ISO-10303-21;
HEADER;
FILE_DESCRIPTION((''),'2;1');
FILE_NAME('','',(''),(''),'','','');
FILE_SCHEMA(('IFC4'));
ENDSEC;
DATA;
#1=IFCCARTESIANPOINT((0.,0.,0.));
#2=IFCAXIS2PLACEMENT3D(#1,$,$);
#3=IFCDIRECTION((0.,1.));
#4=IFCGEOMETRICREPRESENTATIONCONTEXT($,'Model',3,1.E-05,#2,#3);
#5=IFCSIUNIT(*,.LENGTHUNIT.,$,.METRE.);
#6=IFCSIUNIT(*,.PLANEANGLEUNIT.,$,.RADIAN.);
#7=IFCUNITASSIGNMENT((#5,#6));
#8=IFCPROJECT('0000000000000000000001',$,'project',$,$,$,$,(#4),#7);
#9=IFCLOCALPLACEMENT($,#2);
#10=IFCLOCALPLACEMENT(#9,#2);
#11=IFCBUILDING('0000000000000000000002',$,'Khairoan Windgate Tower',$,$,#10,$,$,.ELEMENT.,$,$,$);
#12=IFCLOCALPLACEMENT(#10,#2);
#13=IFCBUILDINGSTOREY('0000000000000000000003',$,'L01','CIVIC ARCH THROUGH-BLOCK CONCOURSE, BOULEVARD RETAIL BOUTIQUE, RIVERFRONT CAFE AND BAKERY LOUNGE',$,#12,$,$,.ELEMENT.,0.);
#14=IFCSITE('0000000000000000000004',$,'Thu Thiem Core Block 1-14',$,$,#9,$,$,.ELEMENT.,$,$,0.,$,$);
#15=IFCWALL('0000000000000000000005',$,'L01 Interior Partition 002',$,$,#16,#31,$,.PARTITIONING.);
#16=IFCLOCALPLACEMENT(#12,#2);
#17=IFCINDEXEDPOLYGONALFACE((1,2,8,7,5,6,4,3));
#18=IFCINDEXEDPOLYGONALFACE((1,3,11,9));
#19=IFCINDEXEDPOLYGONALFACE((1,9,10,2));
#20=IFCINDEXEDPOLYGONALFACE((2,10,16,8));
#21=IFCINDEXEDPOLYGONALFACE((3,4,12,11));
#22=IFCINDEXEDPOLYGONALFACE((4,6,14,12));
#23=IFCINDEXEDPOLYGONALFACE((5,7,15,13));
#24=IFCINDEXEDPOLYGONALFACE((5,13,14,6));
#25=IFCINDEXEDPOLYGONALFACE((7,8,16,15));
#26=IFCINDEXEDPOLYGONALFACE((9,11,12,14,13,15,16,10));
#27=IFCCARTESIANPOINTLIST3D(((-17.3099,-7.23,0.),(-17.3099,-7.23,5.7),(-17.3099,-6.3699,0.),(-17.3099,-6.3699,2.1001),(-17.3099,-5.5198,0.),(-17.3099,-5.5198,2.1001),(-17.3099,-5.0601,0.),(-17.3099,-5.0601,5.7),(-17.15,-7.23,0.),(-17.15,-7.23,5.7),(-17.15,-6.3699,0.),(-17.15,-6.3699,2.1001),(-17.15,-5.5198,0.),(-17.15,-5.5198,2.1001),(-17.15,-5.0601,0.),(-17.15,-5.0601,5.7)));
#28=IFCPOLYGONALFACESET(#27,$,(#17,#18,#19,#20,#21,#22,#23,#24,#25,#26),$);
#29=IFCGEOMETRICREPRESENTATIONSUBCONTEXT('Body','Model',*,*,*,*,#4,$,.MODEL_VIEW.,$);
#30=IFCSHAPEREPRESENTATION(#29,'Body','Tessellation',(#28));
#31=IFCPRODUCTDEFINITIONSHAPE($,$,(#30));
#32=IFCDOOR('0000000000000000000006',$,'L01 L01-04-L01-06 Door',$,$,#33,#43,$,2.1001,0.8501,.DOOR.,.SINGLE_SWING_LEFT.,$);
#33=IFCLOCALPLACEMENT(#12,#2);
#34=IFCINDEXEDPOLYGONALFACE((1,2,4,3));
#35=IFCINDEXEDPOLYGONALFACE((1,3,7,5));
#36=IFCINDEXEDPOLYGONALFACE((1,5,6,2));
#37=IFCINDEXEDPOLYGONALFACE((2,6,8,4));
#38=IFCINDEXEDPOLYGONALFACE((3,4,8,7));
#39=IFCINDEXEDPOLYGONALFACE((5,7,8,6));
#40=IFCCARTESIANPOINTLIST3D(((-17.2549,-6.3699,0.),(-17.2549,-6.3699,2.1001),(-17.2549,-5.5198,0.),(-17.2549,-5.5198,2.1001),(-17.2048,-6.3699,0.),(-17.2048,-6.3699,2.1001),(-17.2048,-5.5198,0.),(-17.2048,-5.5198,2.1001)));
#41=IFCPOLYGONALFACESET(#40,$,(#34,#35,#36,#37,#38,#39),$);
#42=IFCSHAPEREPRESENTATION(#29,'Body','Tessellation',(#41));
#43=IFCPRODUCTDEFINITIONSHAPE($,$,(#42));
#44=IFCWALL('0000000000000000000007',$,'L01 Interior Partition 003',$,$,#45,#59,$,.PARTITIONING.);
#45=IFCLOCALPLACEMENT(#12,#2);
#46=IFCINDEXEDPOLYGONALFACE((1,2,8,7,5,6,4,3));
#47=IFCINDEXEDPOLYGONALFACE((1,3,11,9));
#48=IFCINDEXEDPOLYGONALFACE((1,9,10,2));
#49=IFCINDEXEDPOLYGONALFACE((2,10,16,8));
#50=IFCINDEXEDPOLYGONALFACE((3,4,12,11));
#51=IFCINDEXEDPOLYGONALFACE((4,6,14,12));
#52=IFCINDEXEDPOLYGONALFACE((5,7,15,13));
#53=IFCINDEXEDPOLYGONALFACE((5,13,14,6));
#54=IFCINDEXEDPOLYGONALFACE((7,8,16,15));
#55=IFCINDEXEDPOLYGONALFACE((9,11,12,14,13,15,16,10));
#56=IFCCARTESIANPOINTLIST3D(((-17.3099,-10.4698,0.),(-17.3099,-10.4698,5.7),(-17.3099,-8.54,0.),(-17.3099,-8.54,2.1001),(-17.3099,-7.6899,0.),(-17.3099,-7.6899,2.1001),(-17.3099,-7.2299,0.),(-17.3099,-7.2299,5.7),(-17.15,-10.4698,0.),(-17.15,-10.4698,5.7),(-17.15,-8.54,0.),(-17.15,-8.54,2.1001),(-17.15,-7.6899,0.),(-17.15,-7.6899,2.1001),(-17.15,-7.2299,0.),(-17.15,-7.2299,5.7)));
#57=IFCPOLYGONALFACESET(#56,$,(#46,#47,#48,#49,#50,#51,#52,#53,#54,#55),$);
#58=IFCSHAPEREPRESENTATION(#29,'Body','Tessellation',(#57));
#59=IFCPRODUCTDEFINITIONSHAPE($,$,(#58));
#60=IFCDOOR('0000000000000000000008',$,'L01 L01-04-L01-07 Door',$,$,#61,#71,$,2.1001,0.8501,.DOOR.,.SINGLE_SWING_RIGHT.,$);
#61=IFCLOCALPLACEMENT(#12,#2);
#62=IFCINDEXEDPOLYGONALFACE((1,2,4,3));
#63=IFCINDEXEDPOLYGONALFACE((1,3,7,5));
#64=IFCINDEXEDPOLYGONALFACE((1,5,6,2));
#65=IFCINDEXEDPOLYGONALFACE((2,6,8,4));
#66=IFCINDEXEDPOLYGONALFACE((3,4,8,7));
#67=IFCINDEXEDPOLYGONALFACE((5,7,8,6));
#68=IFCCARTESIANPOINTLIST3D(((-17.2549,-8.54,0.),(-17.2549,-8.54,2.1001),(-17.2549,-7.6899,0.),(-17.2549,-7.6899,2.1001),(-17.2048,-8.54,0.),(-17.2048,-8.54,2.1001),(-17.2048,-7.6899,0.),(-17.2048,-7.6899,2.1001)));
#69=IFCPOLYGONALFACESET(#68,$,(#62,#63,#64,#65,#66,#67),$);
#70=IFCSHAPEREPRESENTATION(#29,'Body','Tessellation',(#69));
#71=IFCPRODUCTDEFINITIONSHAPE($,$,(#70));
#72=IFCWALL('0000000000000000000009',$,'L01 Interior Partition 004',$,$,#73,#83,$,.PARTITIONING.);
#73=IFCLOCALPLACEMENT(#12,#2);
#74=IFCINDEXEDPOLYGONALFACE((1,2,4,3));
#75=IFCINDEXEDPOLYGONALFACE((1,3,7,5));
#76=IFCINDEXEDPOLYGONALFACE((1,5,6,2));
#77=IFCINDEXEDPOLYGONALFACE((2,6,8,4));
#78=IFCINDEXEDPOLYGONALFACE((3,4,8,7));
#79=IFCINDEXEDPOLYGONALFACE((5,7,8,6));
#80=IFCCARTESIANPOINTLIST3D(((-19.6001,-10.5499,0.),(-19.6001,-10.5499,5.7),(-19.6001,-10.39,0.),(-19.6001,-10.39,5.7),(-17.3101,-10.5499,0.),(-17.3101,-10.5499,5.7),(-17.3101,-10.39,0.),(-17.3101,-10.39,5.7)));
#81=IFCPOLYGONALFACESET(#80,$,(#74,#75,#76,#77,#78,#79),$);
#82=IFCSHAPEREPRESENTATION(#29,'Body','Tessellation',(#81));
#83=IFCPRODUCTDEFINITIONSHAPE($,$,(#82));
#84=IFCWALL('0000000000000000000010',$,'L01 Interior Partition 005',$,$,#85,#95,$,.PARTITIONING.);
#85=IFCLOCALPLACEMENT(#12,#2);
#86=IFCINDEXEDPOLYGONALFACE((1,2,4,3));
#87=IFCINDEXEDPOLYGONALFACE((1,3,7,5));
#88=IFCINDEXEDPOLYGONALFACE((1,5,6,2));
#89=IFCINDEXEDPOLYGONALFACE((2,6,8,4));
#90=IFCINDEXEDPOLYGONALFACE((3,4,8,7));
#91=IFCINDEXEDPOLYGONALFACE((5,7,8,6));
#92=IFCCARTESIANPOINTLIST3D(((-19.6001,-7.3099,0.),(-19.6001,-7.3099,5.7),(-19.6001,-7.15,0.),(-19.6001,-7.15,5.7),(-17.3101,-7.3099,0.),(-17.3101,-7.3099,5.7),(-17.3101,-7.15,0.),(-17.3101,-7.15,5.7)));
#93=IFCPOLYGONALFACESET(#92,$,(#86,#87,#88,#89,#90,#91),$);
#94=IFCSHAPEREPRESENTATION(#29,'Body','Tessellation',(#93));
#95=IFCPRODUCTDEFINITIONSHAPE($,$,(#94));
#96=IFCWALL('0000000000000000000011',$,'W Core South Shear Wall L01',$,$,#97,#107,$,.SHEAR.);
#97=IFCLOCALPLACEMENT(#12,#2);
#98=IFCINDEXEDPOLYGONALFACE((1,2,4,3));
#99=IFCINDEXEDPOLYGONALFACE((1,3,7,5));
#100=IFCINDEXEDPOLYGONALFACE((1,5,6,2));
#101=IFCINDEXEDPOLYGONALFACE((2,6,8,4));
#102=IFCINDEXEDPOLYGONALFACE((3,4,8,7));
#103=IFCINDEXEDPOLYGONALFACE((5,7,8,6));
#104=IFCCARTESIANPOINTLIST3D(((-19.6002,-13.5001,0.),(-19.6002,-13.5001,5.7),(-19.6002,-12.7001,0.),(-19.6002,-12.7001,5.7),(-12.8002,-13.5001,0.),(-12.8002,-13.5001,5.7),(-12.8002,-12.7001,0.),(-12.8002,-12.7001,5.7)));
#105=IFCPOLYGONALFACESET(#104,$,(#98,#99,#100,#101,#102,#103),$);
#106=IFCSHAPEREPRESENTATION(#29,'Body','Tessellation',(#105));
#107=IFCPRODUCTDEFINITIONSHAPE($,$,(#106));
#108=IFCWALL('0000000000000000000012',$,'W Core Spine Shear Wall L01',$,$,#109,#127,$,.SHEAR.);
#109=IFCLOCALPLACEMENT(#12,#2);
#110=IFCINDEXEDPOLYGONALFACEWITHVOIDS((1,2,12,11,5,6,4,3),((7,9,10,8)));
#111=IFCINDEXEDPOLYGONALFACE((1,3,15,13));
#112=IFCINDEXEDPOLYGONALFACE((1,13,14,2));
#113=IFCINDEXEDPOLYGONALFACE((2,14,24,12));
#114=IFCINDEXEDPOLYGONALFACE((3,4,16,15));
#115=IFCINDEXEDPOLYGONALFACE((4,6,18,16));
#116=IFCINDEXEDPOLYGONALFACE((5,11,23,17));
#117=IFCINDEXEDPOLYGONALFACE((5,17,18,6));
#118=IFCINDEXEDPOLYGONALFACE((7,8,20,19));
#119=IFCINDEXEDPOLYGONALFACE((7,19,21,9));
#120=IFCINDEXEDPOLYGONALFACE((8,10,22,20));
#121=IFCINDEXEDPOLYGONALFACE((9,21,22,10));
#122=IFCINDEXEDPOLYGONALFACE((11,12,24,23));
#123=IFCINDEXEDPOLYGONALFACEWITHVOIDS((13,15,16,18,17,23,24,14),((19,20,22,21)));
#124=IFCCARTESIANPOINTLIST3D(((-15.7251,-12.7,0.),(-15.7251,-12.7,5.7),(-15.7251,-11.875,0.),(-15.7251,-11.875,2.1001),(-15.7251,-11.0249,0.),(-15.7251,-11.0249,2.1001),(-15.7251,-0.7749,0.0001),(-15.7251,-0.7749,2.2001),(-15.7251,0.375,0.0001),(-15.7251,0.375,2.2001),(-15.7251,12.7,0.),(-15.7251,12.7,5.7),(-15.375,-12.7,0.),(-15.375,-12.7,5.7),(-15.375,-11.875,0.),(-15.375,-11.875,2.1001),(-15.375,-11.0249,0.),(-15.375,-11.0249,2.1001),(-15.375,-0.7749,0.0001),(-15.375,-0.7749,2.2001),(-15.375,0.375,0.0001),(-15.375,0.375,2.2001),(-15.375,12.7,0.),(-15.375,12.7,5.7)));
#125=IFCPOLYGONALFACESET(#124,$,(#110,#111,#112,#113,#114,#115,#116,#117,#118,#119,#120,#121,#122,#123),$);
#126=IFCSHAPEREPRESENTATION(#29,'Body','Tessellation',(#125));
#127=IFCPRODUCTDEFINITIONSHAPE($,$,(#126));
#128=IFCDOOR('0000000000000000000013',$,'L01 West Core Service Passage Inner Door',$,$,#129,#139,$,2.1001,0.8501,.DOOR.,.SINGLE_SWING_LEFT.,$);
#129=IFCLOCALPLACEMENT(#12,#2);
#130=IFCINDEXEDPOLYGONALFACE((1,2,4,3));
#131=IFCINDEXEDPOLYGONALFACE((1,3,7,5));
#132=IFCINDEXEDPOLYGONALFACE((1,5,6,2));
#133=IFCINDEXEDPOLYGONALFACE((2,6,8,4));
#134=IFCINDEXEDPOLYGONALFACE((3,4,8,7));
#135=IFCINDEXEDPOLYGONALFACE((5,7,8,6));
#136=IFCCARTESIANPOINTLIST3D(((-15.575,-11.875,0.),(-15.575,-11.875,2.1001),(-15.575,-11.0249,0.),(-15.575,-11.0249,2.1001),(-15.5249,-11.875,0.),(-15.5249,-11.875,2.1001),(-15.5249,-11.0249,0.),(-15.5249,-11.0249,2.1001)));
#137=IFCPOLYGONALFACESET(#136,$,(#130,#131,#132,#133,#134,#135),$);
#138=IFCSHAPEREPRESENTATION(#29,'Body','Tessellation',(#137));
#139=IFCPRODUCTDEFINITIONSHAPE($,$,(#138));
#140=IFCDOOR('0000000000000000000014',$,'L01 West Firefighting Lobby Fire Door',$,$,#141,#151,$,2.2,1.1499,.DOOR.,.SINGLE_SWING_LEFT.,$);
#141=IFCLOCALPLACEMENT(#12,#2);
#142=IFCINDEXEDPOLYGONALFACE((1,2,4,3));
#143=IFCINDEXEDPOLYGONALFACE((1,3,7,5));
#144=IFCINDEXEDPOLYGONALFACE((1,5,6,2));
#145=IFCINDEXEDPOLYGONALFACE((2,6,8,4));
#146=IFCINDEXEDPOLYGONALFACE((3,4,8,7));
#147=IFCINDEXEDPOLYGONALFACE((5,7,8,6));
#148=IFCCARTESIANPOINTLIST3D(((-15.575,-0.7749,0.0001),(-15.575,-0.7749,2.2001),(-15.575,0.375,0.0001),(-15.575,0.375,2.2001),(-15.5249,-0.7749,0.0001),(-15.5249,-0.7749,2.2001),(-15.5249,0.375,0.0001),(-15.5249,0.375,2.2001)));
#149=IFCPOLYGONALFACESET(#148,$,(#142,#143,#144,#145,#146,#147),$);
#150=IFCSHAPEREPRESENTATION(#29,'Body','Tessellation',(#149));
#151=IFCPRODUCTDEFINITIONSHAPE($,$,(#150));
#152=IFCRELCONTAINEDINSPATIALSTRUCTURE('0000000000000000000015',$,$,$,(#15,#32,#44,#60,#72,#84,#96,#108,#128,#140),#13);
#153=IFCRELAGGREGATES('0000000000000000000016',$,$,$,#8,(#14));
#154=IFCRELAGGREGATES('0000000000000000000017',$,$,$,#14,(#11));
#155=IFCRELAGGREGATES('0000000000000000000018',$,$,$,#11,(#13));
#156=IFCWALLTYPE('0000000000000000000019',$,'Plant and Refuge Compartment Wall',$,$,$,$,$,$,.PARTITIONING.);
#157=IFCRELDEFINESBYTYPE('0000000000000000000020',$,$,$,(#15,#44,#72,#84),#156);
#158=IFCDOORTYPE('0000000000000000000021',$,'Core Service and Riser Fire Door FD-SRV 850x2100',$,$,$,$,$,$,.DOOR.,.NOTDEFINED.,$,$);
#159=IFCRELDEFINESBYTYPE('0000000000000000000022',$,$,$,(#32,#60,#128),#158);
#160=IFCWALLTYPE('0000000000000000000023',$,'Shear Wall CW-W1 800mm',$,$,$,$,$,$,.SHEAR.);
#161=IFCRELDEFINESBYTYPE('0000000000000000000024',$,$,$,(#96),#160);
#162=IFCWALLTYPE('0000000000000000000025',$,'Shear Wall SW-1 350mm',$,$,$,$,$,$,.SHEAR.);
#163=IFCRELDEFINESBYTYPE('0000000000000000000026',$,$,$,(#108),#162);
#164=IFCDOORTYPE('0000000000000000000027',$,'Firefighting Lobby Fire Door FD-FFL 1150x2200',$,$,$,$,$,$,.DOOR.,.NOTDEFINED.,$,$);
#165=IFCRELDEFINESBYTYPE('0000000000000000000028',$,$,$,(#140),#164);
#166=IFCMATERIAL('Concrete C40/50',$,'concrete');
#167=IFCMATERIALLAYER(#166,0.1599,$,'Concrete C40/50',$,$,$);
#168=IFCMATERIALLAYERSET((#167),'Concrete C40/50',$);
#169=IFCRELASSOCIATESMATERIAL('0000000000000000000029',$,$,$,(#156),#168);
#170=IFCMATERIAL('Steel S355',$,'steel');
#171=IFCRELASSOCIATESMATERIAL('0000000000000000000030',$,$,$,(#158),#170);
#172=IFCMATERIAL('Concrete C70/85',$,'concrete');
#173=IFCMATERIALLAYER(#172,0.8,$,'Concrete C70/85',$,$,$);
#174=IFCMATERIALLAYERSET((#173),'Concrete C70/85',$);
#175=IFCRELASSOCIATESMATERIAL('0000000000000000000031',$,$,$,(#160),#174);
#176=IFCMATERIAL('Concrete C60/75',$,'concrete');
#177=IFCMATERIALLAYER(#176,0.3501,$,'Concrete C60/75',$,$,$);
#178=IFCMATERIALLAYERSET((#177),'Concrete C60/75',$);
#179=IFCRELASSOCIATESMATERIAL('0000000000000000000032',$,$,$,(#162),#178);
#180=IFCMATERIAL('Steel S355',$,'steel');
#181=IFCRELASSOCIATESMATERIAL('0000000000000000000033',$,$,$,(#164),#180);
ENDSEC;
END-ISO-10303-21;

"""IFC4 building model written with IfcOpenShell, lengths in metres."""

from ifc_helpers import new_model, si_unit, direction, frame, frame_2d, origin, place, context, subcontext, project, spatial, rectangle, extrude, material, layer, layer_set, type_object, element, fill, save


model = new_model("IFC4")

# Units and contexts
model_context = context("Model", 3, precision=1e-05, world=origin(), true_north=direction((0.0, 1.0)))
body_context = subcontext(model_context, "Body", "Model", "MODEL_VIEW")
ifc_project = project(units=[si_unit("LENGTHUNIT", "METRE"), si_unit("PLANEANGLEUNIT", "RADIAN")], contexts=[model_context])

# Site, building, storey
site_placement = place(None, origin())
site = spatial("IfcSite", under=ifc_project, at=site_placement, Name="Thu Thiem Core Block 1-14", CompositionType="ELEMENT", RefElevation=0.0)
building_placement = place(site_placement, origin())
building = spatial("IfcBuilding", under=site, at=building_placement, Name="Khairoan Windgate Tower", CompositionType="ELEMENT")
storey_placement = place(building_placement, origin())
storey = spatial("IfcBuildingStorey", under=building, at=storey_placement, Name="L01", Description="CIVIC ARCH THROUGH-BLOCK CONCOURSE, BOULEVARD RETAIL BOUTIQUE, RIVERFRONT CAFE AND BAKERY LOUNGE", CompositionType="ELEMENT", Elevation=0.0)

# Walls, openings, doors
ifc_material_1 = material(Name="Concrete C40/50", Category="concrete")
ifc_layer_1 = layer(ifc_material_1, 0.1599, Name="Concrete C40/50")
ifc_layer_set_1 = layer_set([ifc_layer_1], Name="Concrete C40/50")
wall_type_1 = type_object("IfcWallType", Name="Plant and Refuge Compartment Wall", PredefinedType="PARTITIONING", material=ifc_layer_set_1)
ifc_material_2 = material(Name="Steel S355", Category="steel")
door_type_1 = type_object("IfcDoorType", Name="Core Service and Riser Fire Door FD-SRV 850x2100", OperationType="NOTDEFINED", PredefinedType="DOOR", material=ifc_material_2)
wall_1_placement = place(storey_placement, frame((-17.23, -7.23, 0.0), z_axis=(0.0, 0.0, 1.0), x_axis=(0.0, 1.0, 0.0)))
wall_1 = element("IfcWall", 1, at=wall_1_placement, inside=storey, type_object=wall_type_1, Name="L01 Interior Partition 002", PredefinedType="PARTITIONING", context=body_context, shape_type="SweptSolid", body=[
    extrude(rectangle(XDim=2.1699, YDim=0.1599, at=frame_2d((1.085, 0.0))), origin(), (0.0, 0.0, 1.0), 5.7),
])
opening_1_placement = place(wall_1_placement, frame((0.8601, 0.0, 0.0)))
opening_1 = element("IfcOpeningElement", 2, at=opening_1_placement, cuts=wall_1, PredefinedType="OPENING", context=body_context, shape_type="SweptSolid", body=[
    extrude(rectangle(XDim=0.8501, YDim=2.1001, at=frame_2d((0.425, 1.05))), frame((0.0, 0.0898, 0.0), z_axis=(0.0, -1.0, 0.0), x_axis=(1.0, 0.0, 0.0)), (0.0, 0.0, 1.0), 0.1799),
])
door_1_placement = place(opening_1_placement, origin())
door_1 = element("IfcDoor", 3, at=door_1_placement, inside=storey, type_object=door_type_1, Name="L01 L01-04-L01-06 Door", OperationType="SINGLE_SWING_LEFT", OverallHeight=2.1001, OverallWidth=0.8501, PredefinedType="DOOR", context=body_context, shape_type="SweptSolid", body=[
    extrude(rectangle(XDim=0.8501, YDim=2.1001, at=frame_2d((0.425, 1.05))), frame((0.0, 0.0249, 0.0), z_axis=(0.0, -1.0, 0.0), x_axis=(1.0, 0.0, 0.0)), (0.0, 0.0, 1.0), 0.05),
])
fill(opening_1, door_1)
wall_2_placement = place(storey_placement, frame((-17.23, -10.47, 0.0), z_axis=(0.0, 0.0, 1.0), x_axis=(0.0, 1.0, 0.0)))
wall_2 = element("IfcWall", 4, at=wall_2_placement, inside=storey, type_object=wall_type_1, Name="L01 Interior Partition 003", PredefinedType="PARTITIONING", context=body_context, shape_type="SweptSolid", body=[
    extrude(rectangle(XDim=3.24, YDim=0.1599, at=frame_2d((1.6201, 0.0))), origin(), (0.0, 0.0, 1.0), 5.7),
])
opening_2_placement = place(wall_2_placement, frame((1.9299, 0.0, 0.0)))
opening_2 = element("IfcOpeningElement", 5, at=opening_2_placement, cuts=wall_2, PredefinedType="OPENING", context=body_context, shape_type="SweptSolid", body=[
    extrude(rectangle(XDim=0.8501, YDim=2.1001, at=frame_2d((0.425, 1.05))), frame((0.0, 0.0898, 0.0), z_axis=(0.0, -1.0, 0.0), x_axis=(1.0, 0.0, 0.0)), (0.0, 0.0, 1.0), 0.1799),
])
door_2_placement = place(opening_2_placement, origin())
door_2 = element("IfcDoor", 6, at=door_2_placement, inside=storey, type_object=door_type_1, Name="L01 L01-04-L01-07 Door", OperationType="SINGLE_SWING_RIGHT", OverallHeight=2.1001, OverallWidth=0.8501, PredefinedType="DOOR", context=body_context, shape_type="SweptSolid", body=[
    extrude(rectangle(XDim=0.8501, YDim=2.1001, at=frame_2d((0.425, 1.05))), frame((0.0, 0.0249, 0.0), z_axis=(0.0, -1.0, 0.0), x_axis=(1.0, 0.0, 0.0)), (0.0, 0.0, 1.0), 0.05),
])
fill(opening_2, door_2)

# Walls
for number, where, z_axis, x_axis, name in (
    (7, (-19.6001, -10.47, 0.0), (0.0, 0.0, 1.0), (1.0, 0.0, 0.0), "L01 Interior Partition 004"),
    (8, (-19.6001, -7.23, 0.0), (0.0, 0.0, 1.0), (1.0, 0.0, 0.0), "L01 Interior Partition 005"),
):
    element("IfcWall", number, at=place(storey_placement, frame(where, z_axis=z_axis, x_axis=x_axis)), inside=storey, type_object=wall_type_1, Name=name, PredefinedType="PARTITIONING", context=body_context, shape_type="SweptSolid", body=[
        extrude(rectangle(XDim=2.29, YDim=0.1599, at=frame_2d((1.145, 0.0))), origin(), (0.0, 0.0, 1.0), 5.7),
    ])
ifc_material_3 = material(Name="Concrete C70/85", Category="concrete")
ifc_layer_2 = layer(ifc_material_3, 0.8, Name="Concrete C70/85")
ifc_layer_set_2 = layer_set([ifc_layer_2], Name="Concrete C70/85")
wall_type_2 = type_object("IfcWallType", Name="Shear Wall CW-W1 800mm", PredefinedType="SHEAR", material=ifc_layer_set_2)
wall_3_placement = place(storey_placement, frame((-19.6001, -13.1001, 0.0), z_axis=(0.0, 0.0, 1.0), x_axis=(1.0, 0.0, 0.0)))
element("IfcWall", 9, at=wall_3_placement, inside=storey, type_object=wall_type_2, Name="W Core South Shear Wall L01", PredefinedType="SHEAR", context=body_context, shape_type="SweptSolid", body=[
    extrude(rectangle(XDim=6.8, YDim=0.8, at=frame_2d((3.3999, 0.0))), origin(), (0.0, 0.0, 1.0), 5.7),
])

# Wall, openings, doors
ifc_material_4 = material(Name="Concrete C60/75", Category="concrete")
ifc_layer_3 = layer(ifc_material_4, 0.3501, Name="Concrete C60/75")
ifc_layer_set_3 = layer_set([ifc_layer_3], Name="Concrete C60/75")
wall_type_3 = type_object("IfcWallType", Name="Shear Wall SW-1 350mm", PredefinedType="SHEAR", material=ifc_layer_set_3)
wall_4_placement = place(storey_placement, frame((-15.55, -12.7, 0.0), z_axis=(0.0, 0.0, 1.0), x_axis=(0.0, 1.0, 0.0)))
wall_4 = element("IfcWall", 10, at=wall_4_placement, inside=storey, type_object=wall_type_3, Name="W Core Spine Shear Wall L01", PredefinedType="SHEAR", context=body_context, shape_type="SweptSolid", body=[
    extrude(rectangle(XDim=25.3999, YDim=0.3501, at=frame_2d((12.7, 0.0))), origin(), (0.0, 0.0, 1.0), 5.7),
])
opening_3_placement = place(wall_4_placement, frame((11.925, 0.0, 0.0)))
opening_3 = element("IfcOpeningElement", 11, at=opening_3_placement, cuts=wall_4, PredefinedType="OPENING", context=body_context, shape_type="SweptSolid", body=[
    extrude(rectangle(XDim=1.1499, YDim=2.2, at=frame_2d((0.575, 1.1001))), frame((0.0, 0.1851, 0.0), z_axis=(0.0, -1.0, 0.0), x_axis=(1.0, 0.0, 0.0)), (0.0, 0.0, 1.0), 0.3701),
])
opening_4_placement = place(wall_4_placement, frame((0.825, 0.0, 0.0)))
opening_4 = element("IfcOpeningElement", 12, at=opening_4_placement, cuts=wall_4, PredefinedType="OPENING", context=body_context, shape_type="SweptSolid", body=[
    extrude(rectangle(XDim=0.8501, YDim=2.1001, at=frame_2d((0.425, 1.05))), frame((0.0, 0.1851, 0.0), z_axis=(0.0, -1.0, 0.0), x_axis=(1.0, 0.0, 0.0)), (0.0, 0.0, 1.0), 0.3701),
])
door_3_placement = place(opening_4_placement, origin())
door_3 = element("IfcDoor", 13, at=door_3_placement, inside=storey, type_object=door_type_1, Name="L01 West Core Service Passage Inner Door", OperationType="SINGLE_SWING_LEFT", OverallHeight=2.1001, OverallWidth=0.8501, PredefinedType="DOOR", context=body_context, shape_type="SweptSolid", body=[
    extrude(rectangle(XDim=0.8501, YDim=2.1001, at=frame_2d((0.425, 1.05))), frame((0.0, 0.0249, 0.0), z_axis=(0.0, -1.0, 0.0), x_axis=(1.0, 0.0, 0.0)), (0.0, 0.0, 1.0), 0.05),
])
fill(opening_4, door_3)
ifc_material_5 = material(Name="Steel S355", Category="steel")
door_type_2 = type_object("IfcDoorType", Name="Firefighting Lobby Fire Door FD-FFL 1150x2200", OperationType="NOTDEFINED", PredefinedType="DOOR", material=ifc_material_5)
door_4_placement = place(opening_3_placement, origin())
door_4 = element("IfcDoor", 14, at=door_4_placement, inside=storey, type_object=door_type_2, Name="L01 West Firefighting Lobby Fire Door", OperationType="SINGLE_SWING_LEFT", OverallHeight=2.2, OverallWidth=1.1499, PredefinedType="DOOR", context=body_context, shape_type="SweptSolid", body=[
    extrude(rectangle(XDim=1.1499, YDim=2.2, at=frame_2d((0.575, 1.1001))), frame((0.0, 0.0249, 0.0), z_axis=(0.0, -1.0, 0.0), x_axis=(1.0, 0.0, 0.0)), (0.0, 0.0, 1.0), 0.05),
])
fill(opening_3, door_4)

save(model, "model.ifc")
